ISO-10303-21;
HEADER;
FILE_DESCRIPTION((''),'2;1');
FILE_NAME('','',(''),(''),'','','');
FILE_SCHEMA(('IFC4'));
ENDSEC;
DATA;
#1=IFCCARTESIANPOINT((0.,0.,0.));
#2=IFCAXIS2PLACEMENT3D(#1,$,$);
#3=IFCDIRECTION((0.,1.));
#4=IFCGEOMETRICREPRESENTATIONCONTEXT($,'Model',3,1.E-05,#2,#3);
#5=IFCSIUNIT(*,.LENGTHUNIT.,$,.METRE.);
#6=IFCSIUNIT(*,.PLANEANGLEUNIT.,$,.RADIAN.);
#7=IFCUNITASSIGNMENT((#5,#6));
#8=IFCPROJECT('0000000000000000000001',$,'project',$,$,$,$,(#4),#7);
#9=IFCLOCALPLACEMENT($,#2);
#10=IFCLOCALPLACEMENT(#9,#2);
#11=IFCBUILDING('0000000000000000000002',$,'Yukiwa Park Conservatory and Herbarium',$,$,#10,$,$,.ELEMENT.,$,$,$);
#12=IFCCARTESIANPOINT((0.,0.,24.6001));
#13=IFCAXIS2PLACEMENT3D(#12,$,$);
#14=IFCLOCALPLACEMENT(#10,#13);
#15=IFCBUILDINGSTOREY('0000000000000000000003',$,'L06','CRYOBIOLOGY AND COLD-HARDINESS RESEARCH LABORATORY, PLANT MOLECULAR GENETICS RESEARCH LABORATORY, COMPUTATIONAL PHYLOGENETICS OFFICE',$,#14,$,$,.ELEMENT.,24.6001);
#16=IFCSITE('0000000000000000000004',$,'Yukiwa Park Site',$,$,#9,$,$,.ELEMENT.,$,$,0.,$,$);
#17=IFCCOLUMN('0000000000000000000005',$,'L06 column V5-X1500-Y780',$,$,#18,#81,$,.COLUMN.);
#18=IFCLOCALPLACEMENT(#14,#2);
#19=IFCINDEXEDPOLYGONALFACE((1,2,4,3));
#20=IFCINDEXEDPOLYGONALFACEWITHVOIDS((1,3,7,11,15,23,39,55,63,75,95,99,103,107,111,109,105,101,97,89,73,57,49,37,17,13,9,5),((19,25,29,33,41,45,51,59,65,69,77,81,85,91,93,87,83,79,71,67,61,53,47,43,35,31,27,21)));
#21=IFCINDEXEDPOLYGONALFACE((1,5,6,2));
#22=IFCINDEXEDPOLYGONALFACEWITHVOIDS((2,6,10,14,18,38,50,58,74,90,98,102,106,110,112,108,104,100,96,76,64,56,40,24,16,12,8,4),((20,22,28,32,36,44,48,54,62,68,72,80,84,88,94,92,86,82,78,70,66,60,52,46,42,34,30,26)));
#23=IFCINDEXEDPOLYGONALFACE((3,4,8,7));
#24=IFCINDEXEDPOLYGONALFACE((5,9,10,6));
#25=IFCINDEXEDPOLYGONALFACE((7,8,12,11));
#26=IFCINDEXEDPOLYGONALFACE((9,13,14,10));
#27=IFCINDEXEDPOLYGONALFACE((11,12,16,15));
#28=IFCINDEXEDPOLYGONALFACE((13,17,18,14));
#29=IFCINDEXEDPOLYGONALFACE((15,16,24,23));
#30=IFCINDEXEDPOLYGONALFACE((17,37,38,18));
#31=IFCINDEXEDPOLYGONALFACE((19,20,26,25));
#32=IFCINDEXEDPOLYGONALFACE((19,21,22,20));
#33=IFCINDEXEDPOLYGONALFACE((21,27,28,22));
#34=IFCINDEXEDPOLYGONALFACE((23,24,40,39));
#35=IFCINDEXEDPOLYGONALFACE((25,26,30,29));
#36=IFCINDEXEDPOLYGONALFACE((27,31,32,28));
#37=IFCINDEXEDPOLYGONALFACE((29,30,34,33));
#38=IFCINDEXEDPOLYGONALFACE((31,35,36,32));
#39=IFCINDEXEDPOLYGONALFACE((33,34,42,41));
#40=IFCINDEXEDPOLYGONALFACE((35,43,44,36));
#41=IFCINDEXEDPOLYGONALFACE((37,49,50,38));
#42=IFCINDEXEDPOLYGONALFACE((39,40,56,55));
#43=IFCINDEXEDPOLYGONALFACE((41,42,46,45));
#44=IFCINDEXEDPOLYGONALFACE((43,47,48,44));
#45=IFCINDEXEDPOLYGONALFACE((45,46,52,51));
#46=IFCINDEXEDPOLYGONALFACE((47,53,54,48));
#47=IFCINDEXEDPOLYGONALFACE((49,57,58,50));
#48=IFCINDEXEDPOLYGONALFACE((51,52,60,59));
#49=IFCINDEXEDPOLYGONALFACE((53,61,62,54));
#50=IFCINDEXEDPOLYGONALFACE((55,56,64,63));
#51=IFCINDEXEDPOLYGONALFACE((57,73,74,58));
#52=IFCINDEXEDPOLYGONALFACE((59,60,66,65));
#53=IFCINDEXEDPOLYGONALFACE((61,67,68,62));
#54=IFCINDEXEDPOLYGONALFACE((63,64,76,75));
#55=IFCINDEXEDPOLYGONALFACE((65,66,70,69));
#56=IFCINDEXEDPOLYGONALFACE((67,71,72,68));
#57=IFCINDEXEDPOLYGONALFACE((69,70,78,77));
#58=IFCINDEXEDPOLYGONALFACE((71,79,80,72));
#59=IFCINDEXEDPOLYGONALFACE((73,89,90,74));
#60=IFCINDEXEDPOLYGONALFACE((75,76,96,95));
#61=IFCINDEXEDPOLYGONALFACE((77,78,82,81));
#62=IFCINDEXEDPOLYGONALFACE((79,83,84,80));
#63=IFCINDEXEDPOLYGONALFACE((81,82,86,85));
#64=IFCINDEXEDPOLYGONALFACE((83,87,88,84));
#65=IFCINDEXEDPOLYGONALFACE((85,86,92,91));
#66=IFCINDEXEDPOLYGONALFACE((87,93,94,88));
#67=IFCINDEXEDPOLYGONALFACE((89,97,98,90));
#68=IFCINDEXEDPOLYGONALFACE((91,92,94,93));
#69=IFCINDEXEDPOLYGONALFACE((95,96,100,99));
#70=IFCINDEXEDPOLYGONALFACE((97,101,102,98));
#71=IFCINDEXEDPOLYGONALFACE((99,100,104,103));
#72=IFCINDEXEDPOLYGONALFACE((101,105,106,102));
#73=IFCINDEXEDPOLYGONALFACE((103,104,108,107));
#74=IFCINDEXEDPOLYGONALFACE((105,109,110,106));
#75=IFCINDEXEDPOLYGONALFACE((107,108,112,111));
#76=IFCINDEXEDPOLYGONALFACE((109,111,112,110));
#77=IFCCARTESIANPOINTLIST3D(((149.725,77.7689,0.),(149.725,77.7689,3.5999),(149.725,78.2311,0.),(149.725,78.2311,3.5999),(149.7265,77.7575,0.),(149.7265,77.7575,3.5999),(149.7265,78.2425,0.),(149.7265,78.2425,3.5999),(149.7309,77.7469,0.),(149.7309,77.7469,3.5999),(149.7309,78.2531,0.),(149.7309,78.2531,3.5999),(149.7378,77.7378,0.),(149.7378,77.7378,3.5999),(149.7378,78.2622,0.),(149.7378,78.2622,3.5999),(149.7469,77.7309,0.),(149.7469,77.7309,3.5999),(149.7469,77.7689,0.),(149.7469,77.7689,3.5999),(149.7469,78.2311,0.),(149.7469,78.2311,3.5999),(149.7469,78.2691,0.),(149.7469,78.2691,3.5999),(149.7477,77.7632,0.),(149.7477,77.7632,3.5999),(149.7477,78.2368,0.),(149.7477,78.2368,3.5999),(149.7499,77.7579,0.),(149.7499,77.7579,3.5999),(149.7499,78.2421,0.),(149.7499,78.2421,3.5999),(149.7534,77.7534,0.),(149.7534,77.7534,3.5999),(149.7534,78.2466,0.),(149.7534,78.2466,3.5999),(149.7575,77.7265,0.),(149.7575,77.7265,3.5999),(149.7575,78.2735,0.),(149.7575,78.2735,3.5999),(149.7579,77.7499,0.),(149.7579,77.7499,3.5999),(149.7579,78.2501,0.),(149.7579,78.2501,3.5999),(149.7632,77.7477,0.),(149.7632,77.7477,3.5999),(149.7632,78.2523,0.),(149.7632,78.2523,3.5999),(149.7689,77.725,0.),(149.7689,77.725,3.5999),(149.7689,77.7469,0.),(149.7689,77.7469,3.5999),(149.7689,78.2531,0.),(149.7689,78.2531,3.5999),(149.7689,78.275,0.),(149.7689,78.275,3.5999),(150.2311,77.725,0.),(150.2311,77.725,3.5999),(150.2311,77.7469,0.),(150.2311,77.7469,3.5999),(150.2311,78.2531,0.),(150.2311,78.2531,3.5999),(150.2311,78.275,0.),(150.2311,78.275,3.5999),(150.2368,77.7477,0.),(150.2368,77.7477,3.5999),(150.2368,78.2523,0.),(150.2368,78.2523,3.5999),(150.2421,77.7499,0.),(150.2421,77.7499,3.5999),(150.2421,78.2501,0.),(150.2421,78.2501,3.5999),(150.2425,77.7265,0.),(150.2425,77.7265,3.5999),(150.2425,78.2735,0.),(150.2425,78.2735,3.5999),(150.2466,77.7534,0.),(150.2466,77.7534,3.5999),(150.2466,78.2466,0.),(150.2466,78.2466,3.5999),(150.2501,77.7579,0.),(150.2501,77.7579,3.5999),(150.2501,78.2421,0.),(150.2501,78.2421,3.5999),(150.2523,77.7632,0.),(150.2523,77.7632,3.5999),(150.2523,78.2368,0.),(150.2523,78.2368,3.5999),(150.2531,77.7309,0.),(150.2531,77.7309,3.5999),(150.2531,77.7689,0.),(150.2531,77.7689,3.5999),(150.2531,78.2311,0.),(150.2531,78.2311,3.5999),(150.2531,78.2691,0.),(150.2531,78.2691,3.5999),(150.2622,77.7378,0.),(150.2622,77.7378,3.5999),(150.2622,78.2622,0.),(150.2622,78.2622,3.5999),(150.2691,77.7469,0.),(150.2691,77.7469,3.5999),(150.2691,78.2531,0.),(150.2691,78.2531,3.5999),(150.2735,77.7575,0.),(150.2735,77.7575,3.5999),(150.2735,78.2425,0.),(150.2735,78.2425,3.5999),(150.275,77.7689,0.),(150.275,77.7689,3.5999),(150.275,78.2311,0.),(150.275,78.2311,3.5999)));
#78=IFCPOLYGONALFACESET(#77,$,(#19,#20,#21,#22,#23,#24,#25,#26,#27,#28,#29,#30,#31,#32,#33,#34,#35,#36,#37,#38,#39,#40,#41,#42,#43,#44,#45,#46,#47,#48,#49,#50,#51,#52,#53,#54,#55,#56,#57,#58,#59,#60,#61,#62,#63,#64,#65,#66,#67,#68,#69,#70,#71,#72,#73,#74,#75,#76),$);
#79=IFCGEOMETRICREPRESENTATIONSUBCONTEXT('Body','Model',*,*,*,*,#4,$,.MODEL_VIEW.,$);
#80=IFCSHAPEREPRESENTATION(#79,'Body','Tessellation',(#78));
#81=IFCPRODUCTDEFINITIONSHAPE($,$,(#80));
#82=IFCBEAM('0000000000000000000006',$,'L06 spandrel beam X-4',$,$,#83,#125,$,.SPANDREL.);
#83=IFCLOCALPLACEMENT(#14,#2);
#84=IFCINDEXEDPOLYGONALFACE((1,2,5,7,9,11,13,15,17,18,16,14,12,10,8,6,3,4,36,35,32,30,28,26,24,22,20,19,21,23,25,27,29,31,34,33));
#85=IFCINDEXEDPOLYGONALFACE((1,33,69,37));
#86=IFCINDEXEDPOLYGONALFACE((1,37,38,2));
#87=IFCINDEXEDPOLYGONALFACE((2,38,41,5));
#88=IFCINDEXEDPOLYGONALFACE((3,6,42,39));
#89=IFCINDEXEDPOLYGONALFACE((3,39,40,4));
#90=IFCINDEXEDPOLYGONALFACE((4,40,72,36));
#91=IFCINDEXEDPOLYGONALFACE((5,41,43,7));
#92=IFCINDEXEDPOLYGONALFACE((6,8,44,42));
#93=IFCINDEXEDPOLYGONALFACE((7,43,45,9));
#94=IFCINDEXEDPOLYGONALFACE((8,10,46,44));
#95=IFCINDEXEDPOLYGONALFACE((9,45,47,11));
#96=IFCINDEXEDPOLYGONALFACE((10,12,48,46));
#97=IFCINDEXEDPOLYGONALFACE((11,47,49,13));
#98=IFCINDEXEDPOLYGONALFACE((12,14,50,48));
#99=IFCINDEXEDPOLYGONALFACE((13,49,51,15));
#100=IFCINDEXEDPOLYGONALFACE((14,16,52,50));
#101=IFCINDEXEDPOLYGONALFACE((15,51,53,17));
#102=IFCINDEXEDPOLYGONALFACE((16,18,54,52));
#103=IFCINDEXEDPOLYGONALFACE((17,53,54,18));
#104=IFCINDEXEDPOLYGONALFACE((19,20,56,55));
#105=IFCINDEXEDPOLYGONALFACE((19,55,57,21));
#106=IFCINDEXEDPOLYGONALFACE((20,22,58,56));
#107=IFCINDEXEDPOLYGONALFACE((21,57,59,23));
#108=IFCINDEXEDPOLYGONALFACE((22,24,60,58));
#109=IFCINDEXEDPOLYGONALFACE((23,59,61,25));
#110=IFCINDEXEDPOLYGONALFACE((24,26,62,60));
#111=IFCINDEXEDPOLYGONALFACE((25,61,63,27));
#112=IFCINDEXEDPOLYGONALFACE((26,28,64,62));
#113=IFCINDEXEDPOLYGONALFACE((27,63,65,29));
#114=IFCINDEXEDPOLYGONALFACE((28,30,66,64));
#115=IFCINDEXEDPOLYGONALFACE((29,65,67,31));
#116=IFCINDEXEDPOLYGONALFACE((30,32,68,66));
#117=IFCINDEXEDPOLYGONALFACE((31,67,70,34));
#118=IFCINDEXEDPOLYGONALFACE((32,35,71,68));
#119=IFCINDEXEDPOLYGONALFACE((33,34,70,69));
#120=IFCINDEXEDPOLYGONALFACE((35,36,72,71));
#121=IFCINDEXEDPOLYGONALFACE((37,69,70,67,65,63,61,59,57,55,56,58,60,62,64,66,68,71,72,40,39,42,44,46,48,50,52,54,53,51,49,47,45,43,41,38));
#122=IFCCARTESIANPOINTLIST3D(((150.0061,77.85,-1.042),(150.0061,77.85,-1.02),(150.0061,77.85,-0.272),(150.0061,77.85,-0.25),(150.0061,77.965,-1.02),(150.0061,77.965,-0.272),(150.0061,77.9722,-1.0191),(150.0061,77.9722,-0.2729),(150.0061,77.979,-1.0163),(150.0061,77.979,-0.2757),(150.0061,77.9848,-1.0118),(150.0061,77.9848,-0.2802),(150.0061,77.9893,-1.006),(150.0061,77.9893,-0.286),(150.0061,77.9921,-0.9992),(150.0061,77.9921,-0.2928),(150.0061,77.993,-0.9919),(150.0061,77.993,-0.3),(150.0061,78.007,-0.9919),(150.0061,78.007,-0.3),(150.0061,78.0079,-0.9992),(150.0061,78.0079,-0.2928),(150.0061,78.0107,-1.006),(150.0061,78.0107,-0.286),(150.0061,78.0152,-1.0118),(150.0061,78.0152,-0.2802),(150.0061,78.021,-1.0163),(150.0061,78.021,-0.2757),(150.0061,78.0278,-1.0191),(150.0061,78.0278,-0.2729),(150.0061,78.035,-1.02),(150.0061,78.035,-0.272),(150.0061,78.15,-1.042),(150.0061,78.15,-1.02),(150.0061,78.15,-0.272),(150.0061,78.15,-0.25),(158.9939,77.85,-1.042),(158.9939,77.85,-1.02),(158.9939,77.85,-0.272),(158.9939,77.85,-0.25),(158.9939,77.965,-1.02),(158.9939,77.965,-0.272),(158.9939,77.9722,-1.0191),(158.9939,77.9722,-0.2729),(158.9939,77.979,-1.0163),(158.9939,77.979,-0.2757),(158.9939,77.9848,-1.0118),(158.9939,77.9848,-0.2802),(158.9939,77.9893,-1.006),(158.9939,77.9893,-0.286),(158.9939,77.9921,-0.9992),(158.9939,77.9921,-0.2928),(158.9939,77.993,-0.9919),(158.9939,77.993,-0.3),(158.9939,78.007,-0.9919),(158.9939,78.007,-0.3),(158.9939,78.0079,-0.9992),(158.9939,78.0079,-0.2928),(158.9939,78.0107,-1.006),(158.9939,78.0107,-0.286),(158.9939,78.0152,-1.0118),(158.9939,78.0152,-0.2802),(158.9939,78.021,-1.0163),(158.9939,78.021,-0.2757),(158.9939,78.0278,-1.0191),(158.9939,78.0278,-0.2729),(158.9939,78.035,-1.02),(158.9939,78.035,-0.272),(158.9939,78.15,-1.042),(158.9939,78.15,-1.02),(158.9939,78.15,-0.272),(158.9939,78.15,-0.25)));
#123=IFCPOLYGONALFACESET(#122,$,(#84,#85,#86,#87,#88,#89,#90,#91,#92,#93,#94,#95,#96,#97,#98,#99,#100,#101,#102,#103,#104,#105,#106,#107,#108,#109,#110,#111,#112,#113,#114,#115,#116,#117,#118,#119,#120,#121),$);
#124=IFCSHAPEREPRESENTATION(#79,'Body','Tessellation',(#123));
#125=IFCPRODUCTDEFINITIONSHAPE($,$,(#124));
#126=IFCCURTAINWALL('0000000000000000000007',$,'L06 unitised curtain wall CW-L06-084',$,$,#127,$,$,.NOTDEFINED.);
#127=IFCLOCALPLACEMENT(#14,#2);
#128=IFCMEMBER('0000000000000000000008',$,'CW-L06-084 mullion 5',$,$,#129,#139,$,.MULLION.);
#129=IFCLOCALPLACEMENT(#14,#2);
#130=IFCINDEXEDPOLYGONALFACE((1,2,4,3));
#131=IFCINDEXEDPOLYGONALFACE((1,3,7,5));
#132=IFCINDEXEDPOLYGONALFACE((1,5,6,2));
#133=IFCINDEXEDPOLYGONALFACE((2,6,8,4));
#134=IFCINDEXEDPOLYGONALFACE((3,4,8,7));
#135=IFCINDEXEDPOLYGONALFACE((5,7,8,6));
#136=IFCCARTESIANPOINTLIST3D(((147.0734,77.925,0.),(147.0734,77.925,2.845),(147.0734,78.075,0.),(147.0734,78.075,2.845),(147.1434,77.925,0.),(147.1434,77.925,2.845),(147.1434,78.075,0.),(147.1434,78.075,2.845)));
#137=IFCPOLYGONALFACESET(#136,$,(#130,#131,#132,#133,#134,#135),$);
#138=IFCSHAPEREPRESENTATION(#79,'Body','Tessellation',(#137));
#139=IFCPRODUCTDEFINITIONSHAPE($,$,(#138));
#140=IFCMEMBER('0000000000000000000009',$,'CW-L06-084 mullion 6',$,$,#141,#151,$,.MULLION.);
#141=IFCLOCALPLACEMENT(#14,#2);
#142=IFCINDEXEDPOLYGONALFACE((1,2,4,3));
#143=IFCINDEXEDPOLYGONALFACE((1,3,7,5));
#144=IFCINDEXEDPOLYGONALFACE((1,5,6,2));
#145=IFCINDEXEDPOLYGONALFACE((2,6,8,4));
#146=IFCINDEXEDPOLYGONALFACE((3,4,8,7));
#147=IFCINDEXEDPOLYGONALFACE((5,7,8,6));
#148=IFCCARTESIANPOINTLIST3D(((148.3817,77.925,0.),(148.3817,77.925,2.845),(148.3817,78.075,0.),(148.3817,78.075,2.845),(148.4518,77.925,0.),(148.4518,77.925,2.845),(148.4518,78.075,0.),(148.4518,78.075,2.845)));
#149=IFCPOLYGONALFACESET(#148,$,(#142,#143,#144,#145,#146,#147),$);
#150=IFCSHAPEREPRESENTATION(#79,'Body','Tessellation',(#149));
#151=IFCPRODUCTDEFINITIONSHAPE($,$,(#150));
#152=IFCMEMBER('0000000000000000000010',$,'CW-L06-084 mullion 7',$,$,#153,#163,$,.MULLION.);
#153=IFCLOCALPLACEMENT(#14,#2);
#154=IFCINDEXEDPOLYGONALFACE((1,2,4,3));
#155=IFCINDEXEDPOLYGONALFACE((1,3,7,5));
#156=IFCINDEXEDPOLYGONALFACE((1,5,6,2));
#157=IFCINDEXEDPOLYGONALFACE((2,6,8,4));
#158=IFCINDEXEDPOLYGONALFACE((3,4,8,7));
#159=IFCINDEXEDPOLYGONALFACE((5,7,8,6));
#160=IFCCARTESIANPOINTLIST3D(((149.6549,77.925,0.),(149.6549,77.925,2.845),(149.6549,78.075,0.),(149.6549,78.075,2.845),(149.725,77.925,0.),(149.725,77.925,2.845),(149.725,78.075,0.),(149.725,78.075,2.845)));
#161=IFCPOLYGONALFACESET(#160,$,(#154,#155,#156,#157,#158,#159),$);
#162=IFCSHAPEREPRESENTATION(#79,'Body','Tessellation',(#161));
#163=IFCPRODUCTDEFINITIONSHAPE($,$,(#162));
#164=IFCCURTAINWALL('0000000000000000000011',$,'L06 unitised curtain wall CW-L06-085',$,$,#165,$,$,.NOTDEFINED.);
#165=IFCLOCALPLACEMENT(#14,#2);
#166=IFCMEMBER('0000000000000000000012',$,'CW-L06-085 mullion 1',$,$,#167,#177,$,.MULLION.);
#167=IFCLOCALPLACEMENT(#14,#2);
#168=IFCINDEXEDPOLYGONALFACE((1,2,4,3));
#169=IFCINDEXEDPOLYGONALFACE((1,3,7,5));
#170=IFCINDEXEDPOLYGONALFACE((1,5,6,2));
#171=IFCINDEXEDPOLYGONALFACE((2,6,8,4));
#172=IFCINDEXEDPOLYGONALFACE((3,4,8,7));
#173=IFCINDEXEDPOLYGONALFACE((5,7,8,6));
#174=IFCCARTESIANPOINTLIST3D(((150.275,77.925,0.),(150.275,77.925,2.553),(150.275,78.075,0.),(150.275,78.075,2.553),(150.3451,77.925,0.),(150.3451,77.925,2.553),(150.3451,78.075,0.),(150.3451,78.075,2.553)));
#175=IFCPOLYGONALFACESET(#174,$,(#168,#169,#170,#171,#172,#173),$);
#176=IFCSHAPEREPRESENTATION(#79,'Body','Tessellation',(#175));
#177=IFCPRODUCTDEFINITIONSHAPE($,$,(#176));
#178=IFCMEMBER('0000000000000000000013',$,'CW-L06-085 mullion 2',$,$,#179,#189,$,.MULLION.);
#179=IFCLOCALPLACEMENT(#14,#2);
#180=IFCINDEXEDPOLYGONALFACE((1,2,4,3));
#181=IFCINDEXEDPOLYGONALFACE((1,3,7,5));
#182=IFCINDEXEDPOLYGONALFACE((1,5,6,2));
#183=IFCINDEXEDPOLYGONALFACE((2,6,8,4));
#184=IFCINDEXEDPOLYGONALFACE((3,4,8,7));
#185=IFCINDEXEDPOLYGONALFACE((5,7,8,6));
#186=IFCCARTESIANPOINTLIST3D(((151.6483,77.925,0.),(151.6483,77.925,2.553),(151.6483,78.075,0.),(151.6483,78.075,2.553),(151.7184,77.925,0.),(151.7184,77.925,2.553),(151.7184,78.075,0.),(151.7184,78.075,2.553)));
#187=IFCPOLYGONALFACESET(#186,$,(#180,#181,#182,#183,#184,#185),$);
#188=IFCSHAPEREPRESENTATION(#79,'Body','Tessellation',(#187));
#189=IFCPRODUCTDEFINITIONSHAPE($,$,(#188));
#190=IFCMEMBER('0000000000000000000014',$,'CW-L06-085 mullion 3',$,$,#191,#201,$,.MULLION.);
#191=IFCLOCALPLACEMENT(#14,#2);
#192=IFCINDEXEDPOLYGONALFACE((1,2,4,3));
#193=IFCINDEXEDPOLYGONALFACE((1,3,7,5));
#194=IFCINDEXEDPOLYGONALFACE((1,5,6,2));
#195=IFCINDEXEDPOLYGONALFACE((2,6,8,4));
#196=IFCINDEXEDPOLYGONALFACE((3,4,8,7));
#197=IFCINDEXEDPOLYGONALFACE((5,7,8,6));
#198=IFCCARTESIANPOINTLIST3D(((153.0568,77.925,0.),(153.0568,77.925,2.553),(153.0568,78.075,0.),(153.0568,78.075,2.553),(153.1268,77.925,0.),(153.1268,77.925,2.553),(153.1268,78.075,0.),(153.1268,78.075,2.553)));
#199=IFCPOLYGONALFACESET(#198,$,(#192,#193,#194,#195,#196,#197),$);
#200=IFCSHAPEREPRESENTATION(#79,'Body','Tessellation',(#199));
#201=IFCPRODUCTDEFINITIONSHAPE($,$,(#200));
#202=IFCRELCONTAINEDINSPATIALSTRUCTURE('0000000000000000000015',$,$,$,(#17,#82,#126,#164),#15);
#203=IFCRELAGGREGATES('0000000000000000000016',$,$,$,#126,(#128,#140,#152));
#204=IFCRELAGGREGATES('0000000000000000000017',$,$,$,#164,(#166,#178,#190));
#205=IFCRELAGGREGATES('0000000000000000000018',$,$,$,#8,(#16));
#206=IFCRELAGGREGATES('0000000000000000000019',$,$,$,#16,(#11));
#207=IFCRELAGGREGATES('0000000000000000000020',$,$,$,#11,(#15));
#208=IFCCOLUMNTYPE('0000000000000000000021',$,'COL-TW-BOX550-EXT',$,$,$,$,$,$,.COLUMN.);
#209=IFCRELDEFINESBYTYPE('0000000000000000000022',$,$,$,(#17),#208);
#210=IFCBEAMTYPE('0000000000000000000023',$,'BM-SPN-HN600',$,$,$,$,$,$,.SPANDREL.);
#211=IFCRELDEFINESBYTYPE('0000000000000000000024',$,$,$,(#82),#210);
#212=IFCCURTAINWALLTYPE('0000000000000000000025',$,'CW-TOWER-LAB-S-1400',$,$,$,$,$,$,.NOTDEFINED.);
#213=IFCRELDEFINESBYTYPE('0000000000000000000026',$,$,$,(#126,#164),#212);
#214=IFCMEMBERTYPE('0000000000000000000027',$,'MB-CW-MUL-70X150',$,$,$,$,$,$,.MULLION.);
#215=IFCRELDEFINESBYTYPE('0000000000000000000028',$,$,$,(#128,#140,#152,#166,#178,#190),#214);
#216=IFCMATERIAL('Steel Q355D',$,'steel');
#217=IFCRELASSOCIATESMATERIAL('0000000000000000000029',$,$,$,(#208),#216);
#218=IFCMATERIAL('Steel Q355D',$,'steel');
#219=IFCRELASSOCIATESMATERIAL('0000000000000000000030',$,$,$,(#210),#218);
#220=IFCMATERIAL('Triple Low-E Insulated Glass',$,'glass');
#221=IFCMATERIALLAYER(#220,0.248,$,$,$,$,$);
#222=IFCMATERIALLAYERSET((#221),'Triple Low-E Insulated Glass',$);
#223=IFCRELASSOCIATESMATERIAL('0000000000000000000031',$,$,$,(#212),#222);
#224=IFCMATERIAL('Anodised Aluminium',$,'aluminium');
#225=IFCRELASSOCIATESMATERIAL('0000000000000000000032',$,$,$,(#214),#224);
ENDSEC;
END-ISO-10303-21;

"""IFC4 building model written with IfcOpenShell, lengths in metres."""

from ifc_helpers import new_model, si_unit, direction, frame, origin, origin_2d, place, context, subcontext, project, spatial, rectangle, hollow_rectangle, i_section, extrude, material, layer, layer_set, material_profile, profile_set, type_object, element, aggregate, save


model = new_model("IFC4")

# Units and contexts
model_context = context("Model", 3, precision=1e-05, world=origin(), true_north=direction((0.0, 1.0)))
body_context = subcontext(model_context, "Body", "Model", "MODEL_VIEW")
ifc_project = project(units=[si_unit("LENGTHUNIT", "METRE"), si_unit("PLANEANGLEUNIT", "RADIAN")], contexts=[model_context])

# Site, building, storey
site_placement = place(None, origin())
site = spatial("IfcSite", under=ifc_project, at=site_placement, Name="Yukiwa Park Site", CompositionType="ELEMENT", RefElevation=0.0)
building_placement = place(site_placement, origin())
building = spatial("IfcBuilding", under=site, at=building_placement, Name="Yukiwa Park Conservatory and Herbarium", CompositionType="ELEMENT")
storey_placement = place(building_placement, frame((0.0, 0.0, 24.6001)))
storey = spatial("IfcBuildingStorey", under=building, at=storey_placement, Name="L06", Description="CRYOBIOLOGY AND COLD-HARDINESS RESEARCH LABORATORY, PLANT MOLECULAR GENETICS RESEARCH LABORATORY, COMPUTATIONAL PHYLOGENETICS OFFICE", CompositionType="ELEMENT", Elevation=24.6001)

# Column
ifc_material_1 = material(Name="Steel Q355D", Category="steel")
ifc_material_profile_1 = material_profile(ifc_material_1, hollow_rectangle(XDim=0.55, YDim=0.55, WallThickness=0.022, InnerFilletRadius=0.022, OuterFilletRadius=0.0439, at=origin_2d()), Name="BOX 550x550x22")
ifc_profile_set_1 = profile_set([ifc_material_profile_1], Name="Steel Q355D")
column_type = type_object("IfcColumnType", Name="COL-TW-BOX550-EXT", PredefinedType="COLUMN", material=ifc_profile_set_1)
column_placement = place(storey_placement, frame((150.0, 78.0, 0.0), z_axis=(0.0, 0.0, 1.0), x_axis=(1.0, 0.0, 0.0)))
element("IfcColumn", 1, at=column_placement, inside=storey, type_object=column_type, Name="L06 column V5-X1500-Y780", PredefinedType="COLUMN", context=body_context, shape_type="SweptSolid", body=[
    extrude(hollow_rectangle(XDim=0.55, YDim=0.55, WallThickness=0.022, InnerFilletRadius=0.022, OuterFilletRadius=0.0439, at=origin_2d()), origin(), (0.0, 0.0, 1.0), 3.5999),
])

# Beam
ifc_material_2 = material(Name="Steel Q355D", Category="steel")
ifc_material_profile_2 = material_profile(ifc_material_2, i_section(OverallWidth=0.3, OverallDepth=0.792, WebThickness=0.0139, FlangeThickness=0.022, FilletRadius=0.0281, at=origin_2d()), Name="HN 792x300x14x22")
ifc_profile_set_2 = profile_set([ifc_material_profile_2], Name="Steel Q355D")
beam_type = type_object("IfcBeamType", Name="BM-SPN-HN600", PredefinedType="SPANDREL", material=ifc_profile_set_2)
beam_placement = place(storey_placement, frame((150.0061, 78.0, -0.646), z_axis=(1.0, 0.0, 0.0), x_axis=(0.0, 1.0, 0.0)))
element("IfcBeam", 2, at=beam_placement, inside=storey, type_object=beam_type, Name="L06 spandrel beam X-4", PredefinedType="SPANDREL", context=body_context, shape_type="SweptSolid", body=[
    extrude(i_section(OverallWidth=0.3, OverallDepth=0.792, WebThickness=0.0139, FlangeThickness=0.022, FilletRadius=0.0281, at=origin_2d()), origin(), (0.0, 0.0, 1.0), 8.9878),
])

# Curtain walls, members
ifc_material_3 = material(Name="Triple Low-E Insulated Glass", Category="glass")
ifc_layer_1 = layer(ifc_material_3, 0.248)
ifc_layer_set_1 = layer_set([ifc_layer_1], Name="Triple Low-E Insulated Glass")
curtain_wall_type = type_object("IfcCurtainWallType", Name="CW-TOWER-LAB-S-1400", PredefinedType="NOTDEFINED", material=ifc_layer_set_1)
curtain_wall_1_placement = place(storey_placement, origin())
curtain_wall_1 = element("IfcCurtainWall", 3, at=curtain_wall_1_placement, inside=storey, type_object=curtain_wall_type, Name="L06 unitised curtain wall CW-L06-084", PredefinedType="NOTDEFINED")
ifc_material_4 = material(Name="Anodised Aluminium", Category="aluminium")
member_type_1 = type_object("IfcMemberType", Name="MB-CW-MUL-70X150", PredefinedType="MULLION", material=ifc_material_4)
member_1_placement = place(storey_placement, frame((147.1084, 78.0, 0.0), z_axis=(0.0, 0.0, 1.0), x_axis=(1.0, 0.0, 0.0)))
member_1 = element("IfcMember", 4, at=member_1_placement, type_object=member_type_1, Name="CW-L06-084 mullion 5", PredefinedType="MULLION", context=body_context, shape_type="SweptSolid", body=[
    extrude(rectangle(XDim=0.0701, YDim=0.1499, at=origin_2d()), origin(), (0.0, 0.0, 1.0), 2.845),
])
member_2_placement = place(storey_placement, frame((148.4167, 78.0, 0.0), z_axis=(0.0, 0.0, 1.0), x_axis=(1.0, 0.0, 0.0)))
member_2 = element("IfcMember", 5, at=member_2_placement, type_object=member_type_1, Name="CW-L06-084 mullion 6", PredefinedType="MULLION", context=body_context, shape_type="SweptSolid", body=[
    extrude(rectangle(XDim=0.0701, YDim=0.1499, at=origin_2d()), origin(), (0.0, 0.0, 1.0), 2.845),
])
member_3_placement = place(storey_placement, frame((149.6899, 78.0, 0.0), z_axis=(0.0, 0.0, 1.0), x_axis=(1.0, 0.0, 0.0)))
member_3 = element("IfcMember", 6, at=member_3_placement, type_object=member_type_1, Name="CW-L06-084 mullion 7", PredefinedType="MULLION", context=body_context, shape_type="SweptSolid", body=[
    extrude(rectangle(XDim=0.0701, YDim=0.1499, at=origin_2d()), origin(), (0.0, 0.0, 1.0), 2.845),
])
curtain_wall_2_placement = place(storey_placement, origin())
curtain_wall_2 = element("IfcCurtainWall", 7, at=curtain_wall_2_placement, inside=storey, type_object=curtain_wall_type, Name="L06 unitised curtain wall CW-L06-085", PredefinedType="NOTDEFINED")
member_4_placement = place(storey_placement, frame((150.3101, 78.0, 0.0), z_axis=(0.0, 0.0, 1.0), x_axis=(1.0, 0.0, 0.0)))
member_4 = element("IfcMember", 8, at=member_4_placement, type_object=member_type_1, Name="CW-L06-085 mullion 1", PredefinedType="MULLION", context=body_context, shape_type="SweptSolid", body=[
    extrude(rectangle(XDim=0.0701, YDim=0.1499, at=origin_2d()), origin(), (0.0, 0.0, 1.0), 2.553),
])
member_5_placement = place(storey_placement, frame((151.6833, 78.0, 0.0), z_axis=(0.0, 0.0, 1.0), x_axis=(1.0, 0.0, 0.0)))
member_5 = element("IfcMember", 9, at=member_5_placement, type_object=member_type_1, Name="CW-L06-085 mullion 2", PredefinedType="MULLION", context=body_context, shape_type="SweptSolid", body=[
    extrude(rectangle(XDim=0.0701, YDim=0.1499, at=origin_2d()), origin(), (0.0, 0.0, 1.0), 2.553),
])
member_6_placement = place(storey_placement, frame((153.0918, 78.0, 0.0), z_axis=(0.0, 0.0, 1.0), x_axis=(1.0, 0.0, 0.0)))
member_6 = element("IfcMember", 10, at=member_6_placement, type_object=member_type_1, Name="CW-L06-085 mullion 3", PredefinedType="MULLION", context=body_context, shape_type="SweptSolid", body=[
    extrude(rectangle(XDim=0.0701, YDim=0.1499, at=origin_2d()), origin(), (0.0, 0.0, 1.0), 2.553),
])

aggregate(curtain_wall_1, [member_1, member_2, member_3])
aggregate(curtain_wall_2, [member_4, member_5, member_6])

save(model, "model.ifc")
